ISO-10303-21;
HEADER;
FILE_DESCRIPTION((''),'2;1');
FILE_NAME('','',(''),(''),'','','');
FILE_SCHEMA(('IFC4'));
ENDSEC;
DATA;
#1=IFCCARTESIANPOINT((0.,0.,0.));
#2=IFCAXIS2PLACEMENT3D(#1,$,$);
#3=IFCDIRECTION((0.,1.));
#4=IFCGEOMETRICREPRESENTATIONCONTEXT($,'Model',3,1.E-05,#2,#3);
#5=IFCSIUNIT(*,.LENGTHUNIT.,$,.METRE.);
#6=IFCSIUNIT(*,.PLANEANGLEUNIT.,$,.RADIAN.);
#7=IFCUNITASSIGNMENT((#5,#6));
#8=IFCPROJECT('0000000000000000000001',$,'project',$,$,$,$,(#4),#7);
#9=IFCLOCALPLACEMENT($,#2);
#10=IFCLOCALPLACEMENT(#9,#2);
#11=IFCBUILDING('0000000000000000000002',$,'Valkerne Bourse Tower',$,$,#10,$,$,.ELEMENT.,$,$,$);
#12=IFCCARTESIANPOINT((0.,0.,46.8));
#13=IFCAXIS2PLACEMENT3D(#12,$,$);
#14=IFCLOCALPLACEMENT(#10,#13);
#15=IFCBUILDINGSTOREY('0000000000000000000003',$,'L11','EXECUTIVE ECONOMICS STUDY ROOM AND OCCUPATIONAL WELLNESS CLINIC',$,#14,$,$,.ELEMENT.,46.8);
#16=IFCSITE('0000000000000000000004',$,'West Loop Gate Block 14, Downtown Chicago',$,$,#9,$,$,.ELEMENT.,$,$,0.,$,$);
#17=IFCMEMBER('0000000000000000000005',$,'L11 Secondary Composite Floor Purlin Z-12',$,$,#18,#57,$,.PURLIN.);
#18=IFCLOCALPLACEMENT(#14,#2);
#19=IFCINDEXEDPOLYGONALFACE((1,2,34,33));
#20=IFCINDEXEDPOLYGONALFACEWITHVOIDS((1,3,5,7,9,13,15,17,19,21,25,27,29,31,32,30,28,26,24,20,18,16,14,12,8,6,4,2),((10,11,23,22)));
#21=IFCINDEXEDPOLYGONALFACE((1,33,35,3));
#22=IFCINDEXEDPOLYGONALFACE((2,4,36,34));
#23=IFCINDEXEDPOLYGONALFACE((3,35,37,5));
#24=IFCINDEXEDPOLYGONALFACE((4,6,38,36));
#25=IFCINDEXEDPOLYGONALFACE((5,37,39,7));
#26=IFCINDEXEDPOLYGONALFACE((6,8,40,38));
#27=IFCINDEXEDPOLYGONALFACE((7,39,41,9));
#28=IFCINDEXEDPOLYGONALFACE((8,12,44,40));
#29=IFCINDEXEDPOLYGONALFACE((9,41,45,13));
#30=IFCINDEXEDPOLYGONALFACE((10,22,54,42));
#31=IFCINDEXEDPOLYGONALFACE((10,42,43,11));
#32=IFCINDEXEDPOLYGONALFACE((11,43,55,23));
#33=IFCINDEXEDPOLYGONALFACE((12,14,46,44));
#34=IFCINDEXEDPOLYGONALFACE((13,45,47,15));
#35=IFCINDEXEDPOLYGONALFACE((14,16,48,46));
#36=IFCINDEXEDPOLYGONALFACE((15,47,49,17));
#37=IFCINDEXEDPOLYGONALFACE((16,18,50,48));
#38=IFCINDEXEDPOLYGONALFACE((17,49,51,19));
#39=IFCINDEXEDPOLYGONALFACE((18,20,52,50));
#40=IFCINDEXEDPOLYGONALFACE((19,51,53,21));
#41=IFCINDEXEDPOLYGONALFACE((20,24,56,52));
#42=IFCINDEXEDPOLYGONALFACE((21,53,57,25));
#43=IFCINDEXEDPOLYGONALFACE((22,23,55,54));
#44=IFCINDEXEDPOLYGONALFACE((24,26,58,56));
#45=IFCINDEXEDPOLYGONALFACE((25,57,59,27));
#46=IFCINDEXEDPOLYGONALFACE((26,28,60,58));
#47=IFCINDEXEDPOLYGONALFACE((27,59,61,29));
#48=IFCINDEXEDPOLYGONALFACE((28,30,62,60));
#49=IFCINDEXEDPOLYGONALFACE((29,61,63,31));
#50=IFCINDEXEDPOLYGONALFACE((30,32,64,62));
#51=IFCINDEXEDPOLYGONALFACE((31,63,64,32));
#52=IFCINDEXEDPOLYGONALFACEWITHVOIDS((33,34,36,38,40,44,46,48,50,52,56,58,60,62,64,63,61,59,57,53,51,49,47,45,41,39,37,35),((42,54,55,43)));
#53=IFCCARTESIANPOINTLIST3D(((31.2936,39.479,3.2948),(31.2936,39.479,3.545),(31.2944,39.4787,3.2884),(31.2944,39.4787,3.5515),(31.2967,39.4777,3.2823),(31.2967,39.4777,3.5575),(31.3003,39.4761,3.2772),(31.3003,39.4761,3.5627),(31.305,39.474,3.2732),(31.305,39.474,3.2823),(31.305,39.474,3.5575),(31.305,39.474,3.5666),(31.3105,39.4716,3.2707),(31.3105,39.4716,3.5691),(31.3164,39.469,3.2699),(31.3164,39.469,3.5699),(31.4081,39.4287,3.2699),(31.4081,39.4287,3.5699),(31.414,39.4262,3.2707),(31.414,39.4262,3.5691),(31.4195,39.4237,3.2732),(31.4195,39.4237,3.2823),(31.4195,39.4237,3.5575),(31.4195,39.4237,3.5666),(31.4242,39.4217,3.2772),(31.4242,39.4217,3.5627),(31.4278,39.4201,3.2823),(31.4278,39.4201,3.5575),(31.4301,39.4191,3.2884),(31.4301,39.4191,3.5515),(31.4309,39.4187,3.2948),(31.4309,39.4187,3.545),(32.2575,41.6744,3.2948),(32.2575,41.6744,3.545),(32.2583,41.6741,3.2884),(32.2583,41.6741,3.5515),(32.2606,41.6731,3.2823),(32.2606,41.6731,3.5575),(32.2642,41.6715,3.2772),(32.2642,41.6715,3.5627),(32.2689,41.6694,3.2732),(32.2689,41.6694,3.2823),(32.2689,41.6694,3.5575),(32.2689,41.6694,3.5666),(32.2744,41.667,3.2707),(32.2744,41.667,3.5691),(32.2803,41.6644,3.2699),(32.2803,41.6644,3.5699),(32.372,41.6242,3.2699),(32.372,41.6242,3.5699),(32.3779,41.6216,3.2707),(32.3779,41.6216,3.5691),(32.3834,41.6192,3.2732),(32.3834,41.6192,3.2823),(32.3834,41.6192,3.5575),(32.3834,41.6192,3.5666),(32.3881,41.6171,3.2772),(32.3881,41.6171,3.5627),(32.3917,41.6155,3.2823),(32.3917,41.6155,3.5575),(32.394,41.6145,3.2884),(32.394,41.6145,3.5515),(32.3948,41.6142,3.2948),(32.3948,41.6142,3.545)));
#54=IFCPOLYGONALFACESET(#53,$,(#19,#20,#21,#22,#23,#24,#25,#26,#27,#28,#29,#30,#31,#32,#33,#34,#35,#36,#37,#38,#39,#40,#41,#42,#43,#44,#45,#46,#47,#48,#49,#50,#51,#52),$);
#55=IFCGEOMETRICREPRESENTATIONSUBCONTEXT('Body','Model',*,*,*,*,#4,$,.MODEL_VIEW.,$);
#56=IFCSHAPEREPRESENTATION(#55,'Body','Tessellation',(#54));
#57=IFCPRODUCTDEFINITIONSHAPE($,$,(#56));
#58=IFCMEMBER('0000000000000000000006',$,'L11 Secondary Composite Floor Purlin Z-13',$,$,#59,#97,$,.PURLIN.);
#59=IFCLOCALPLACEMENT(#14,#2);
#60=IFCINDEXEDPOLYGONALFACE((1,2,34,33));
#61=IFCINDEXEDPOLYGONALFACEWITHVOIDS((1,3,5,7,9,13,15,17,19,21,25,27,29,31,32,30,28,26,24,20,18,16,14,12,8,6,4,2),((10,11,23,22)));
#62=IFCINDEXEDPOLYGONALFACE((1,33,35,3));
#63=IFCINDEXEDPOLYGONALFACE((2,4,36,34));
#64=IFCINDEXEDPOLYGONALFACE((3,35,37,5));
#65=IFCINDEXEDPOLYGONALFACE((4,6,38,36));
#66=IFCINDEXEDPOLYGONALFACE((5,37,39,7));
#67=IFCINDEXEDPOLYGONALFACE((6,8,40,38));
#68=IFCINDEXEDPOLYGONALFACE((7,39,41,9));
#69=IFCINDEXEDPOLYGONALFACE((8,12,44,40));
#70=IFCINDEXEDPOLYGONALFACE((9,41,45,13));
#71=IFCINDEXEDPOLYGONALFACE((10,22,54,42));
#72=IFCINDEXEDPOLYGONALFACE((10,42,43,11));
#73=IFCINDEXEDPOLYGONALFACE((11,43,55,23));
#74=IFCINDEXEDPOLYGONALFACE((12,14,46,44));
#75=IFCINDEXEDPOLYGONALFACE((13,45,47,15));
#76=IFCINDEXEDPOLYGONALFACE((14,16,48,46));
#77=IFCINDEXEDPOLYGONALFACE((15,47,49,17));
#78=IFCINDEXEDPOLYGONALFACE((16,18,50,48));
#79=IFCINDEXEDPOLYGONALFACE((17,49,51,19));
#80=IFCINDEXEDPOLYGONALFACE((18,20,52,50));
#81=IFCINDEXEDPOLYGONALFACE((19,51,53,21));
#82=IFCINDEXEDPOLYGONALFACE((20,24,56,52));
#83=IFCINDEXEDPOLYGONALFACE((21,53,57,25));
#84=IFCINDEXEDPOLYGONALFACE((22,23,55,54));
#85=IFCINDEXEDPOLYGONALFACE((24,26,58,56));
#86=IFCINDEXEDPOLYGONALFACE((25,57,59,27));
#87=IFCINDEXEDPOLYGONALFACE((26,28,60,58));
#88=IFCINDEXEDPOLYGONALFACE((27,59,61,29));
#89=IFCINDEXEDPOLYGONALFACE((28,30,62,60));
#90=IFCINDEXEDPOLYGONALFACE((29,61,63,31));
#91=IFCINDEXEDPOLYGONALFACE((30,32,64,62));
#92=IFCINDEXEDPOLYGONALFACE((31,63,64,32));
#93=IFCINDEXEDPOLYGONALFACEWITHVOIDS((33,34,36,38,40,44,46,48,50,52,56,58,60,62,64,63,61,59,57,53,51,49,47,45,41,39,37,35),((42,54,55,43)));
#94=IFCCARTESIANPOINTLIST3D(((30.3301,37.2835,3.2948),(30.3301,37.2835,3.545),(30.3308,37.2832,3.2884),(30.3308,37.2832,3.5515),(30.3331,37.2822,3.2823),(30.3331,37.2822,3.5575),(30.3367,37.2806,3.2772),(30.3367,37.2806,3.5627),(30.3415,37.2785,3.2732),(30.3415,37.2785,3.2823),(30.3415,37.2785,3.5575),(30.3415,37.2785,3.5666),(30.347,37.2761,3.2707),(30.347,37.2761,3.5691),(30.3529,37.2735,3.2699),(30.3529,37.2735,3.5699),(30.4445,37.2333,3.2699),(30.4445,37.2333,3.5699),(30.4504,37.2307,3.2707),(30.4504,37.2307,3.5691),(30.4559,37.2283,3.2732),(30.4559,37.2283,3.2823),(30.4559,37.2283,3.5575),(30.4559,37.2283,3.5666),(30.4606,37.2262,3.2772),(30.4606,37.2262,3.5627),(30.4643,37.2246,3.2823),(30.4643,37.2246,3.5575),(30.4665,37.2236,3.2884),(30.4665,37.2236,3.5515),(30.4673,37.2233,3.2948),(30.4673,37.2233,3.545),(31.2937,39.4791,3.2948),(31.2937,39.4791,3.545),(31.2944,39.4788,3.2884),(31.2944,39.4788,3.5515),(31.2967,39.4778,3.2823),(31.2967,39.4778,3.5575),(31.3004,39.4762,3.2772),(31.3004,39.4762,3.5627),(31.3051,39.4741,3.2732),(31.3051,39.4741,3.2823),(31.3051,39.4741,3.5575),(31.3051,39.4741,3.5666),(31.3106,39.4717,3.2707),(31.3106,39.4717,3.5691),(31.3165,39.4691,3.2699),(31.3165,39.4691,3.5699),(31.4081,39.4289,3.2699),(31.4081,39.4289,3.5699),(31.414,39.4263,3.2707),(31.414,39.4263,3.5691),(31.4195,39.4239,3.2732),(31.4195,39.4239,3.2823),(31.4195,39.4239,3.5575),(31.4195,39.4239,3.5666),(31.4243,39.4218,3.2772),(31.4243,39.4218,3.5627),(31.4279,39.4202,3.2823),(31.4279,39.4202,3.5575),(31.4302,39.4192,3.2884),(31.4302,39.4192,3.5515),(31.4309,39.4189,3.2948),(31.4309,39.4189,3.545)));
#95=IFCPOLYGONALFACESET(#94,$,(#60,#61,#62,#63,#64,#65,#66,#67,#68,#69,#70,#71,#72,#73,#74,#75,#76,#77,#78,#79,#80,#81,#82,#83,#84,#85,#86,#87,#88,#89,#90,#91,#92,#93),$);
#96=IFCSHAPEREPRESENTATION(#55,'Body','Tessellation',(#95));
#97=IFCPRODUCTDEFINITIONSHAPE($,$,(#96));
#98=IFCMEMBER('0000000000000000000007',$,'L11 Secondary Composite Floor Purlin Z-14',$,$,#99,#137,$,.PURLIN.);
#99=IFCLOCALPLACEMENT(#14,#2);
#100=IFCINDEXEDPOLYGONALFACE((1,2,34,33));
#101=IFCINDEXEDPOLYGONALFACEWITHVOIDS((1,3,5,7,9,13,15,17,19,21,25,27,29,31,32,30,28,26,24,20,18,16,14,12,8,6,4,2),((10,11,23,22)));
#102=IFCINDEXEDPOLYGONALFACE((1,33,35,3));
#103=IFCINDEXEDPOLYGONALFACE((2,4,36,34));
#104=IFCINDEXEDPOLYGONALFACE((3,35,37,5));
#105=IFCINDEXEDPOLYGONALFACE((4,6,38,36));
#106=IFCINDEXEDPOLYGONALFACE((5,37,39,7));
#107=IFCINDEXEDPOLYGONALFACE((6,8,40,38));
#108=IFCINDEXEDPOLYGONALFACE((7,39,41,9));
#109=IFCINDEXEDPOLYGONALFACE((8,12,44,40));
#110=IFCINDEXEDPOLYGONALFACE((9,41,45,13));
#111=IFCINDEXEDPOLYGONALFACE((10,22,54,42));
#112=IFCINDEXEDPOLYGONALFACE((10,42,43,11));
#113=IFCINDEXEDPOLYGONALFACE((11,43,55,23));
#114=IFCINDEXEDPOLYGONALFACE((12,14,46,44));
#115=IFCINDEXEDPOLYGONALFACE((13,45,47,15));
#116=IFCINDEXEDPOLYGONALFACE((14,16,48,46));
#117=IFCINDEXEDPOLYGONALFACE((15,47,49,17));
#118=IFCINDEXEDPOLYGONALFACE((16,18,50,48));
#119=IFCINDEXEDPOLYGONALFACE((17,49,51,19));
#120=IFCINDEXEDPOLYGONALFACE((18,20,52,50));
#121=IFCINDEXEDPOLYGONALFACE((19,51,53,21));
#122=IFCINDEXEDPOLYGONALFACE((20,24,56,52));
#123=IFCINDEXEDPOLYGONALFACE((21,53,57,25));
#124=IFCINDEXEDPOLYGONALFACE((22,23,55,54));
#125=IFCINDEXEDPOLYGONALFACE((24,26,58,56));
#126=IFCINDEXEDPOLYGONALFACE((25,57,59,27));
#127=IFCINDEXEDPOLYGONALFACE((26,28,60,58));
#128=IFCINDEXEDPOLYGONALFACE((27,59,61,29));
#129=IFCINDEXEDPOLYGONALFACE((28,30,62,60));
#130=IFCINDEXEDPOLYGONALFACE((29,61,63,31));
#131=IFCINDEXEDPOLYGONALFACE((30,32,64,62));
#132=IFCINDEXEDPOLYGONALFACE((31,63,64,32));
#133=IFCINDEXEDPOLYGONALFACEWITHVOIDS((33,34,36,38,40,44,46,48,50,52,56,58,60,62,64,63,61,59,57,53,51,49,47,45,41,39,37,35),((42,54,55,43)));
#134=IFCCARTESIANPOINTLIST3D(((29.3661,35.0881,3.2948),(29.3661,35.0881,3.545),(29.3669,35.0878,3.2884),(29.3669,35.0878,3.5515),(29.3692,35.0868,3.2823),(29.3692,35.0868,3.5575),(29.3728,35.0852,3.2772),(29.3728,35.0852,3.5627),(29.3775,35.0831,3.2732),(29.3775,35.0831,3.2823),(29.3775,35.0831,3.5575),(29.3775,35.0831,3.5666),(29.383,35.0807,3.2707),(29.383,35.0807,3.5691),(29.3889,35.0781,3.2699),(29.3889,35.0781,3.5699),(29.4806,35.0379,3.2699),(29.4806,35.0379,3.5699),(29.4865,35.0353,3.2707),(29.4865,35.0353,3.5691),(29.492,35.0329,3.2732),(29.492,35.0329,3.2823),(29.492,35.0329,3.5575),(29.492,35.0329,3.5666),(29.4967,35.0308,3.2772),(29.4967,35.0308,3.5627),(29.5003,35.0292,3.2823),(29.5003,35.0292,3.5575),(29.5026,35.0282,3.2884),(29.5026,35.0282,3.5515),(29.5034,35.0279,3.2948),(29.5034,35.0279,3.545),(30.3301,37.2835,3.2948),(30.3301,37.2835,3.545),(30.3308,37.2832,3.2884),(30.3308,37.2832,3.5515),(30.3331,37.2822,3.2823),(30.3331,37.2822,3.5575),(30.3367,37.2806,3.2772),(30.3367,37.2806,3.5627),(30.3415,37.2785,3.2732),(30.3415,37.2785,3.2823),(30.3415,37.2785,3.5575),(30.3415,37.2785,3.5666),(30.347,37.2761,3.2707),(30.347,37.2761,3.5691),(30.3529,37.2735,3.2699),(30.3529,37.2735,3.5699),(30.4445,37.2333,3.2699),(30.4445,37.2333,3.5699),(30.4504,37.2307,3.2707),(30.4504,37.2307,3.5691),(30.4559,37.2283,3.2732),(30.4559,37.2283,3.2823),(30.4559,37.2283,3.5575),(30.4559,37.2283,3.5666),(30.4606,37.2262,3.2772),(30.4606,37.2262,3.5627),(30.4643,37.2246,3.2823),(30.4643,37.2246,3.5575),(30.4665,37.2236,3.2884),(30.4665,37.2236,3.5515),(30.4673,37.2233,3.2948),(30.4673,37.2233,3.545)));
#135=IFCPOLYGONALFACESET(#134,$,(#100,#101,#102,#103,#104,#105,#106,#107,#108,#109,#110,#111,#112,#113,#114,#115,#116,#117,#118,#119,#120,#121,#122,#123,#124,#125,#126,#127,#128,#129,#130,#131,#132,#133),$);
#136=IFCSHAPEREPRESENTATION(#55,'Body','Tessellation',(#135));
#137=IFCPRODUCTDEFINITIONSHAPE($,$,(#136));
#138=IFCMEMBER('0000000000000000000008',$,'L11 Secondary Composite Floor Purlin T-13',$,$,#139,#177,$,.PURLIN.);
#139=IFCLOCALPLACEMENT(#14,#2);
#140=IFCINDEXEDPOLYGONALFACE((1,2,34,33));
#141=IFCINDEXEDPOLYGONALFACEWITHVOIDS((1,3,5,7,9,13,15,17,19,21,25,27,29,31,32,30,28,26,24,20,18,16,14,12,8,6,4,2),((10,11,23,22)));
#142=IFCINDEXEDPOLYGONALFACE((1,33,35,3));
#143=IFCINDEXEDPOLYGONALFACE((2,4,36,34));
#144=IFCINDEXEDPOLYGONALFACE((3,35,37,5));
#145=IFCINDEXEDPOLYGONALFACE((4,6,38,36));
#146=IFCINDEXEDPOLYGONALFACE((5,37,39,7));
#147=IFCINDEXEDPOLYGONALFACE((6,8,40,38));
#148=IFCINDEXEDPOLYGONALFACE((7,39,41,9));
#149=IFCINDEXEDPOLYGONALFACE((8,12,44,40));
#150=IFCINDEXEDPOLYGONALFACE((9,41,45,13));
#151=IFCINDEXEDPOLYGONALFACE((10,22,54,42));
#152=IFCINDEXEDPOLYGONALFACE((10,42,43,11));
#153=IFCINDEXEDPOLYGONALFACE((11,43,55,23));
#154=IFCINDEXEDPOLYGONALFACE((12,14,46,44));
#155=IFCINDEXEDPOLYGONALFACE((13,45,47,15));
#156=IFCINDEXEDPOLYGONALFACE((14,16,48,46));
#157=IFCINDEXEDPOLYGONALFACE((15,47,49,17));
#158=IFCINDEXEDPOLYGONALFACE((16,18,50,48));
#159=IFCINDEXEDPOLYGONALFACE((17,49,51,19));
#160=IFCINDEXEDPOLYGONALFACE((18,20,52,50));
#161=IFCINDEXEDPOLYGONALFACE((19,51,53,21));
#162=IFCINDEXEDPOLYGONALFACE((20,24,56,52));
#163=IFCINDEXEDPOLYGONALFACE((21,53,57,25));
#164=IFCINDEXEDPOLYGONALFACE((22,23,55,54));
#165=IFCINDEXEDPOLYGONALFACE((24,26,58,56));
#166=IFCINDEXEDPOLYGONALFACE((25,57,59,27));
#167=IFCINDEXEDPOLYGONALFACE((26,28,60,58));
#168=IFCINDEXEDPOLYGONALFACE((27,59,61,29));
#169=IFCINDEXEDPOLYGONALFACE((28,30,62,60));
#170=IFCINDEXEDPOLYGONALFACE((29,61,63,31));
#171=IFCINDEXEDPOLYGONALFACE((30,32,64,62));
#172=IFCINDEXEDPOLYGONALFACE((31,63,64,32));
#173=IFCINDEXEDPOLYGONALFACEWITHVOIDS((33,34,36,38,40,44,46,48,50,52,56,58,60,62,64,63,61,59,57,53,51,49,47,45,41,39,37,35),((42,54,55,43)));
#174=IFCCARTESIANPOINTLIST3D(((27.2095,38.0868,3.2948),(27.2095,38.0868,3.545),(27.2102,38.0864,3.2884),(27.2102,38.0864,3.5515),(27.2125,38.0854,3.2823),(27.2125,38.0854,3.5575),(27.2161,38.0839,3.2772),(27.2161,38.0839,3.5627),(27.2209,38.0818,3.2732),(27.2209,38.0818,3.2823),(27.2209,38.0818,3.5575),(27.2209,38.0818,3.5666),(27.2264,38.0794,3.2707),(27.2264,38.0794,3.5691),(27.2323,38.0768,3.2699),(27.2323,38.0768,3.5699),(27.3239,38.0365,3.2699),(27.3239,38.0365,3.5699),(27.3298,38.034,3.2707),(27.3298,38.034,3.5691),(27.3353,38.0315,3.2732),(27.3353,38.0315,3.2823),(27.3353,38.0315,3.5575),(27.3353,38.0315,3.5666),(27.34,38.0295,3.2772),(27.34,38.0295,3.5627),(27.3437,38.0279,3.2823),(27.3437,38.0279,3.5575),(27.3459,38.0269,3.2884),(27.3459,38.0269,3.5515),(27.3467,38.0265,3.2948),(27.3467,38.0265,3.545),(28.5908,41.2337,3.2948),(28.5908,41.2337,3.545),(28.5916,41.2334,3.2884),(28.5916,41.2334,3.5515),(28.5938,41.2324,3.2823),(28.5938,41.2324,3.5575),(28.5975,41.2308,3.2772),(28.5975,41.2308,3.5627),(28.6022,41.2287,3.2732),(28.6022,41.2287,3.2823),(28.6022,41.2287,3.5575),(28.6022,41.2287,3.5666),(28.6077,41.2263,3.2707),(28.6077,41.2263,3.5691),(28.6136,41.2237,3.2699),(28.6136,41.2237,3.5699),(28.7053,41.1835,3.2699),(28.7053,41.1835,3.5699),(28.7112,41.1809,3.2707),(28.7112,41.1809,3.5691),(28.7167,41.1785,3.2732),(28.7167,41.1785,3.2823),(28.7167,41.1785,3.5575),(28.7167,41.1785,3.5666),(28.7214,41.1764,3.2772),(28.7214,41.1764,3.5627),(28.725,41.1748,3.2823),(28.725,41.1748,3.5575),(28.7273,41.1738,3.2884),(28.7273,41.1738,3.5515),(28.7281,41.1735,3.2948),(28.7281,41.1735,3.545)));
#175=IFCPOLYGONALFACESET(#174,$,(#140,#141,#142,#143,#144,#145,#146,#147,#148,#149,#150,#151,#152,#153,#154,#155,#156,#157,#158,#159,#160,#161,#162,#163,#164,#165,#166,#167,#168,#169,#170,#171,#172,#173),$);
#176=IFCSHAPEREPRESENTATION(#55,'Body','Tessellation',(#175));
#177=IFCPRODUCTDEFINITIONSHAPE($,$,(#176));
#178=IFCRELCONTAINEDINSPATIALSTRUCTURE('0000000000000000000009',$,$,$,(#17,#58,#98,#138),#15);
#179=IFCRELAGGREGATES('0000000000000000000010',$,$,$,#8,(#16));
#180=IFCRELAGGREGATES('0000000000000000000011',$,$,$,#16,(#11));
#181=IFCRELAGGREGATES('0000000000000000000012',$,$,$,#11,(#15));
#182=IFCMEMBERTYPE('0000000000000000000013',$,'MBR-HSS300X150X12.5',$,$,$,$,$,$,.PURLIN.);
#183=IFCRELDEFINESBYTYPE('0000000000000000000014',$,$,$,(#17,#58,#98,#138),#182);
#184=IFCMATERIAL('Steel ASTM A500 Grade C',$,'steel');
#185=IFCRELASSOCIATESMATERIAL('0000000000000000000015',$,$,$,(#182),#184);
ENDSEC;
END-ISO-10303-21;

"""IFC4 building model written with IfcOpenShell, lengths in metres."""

from ifc_helpers import new_model, si_unit, direction, frame, origin, origin_2d, place, context, subcontext, project, spatial, hollow_rectangle, extrude, material, material_profile, profile_set, type_object, element, save


model = new_model("IFC4")

# Units and contexts
model_context = context("Model", 3, precision=1e-05, world=origin(), true_north=direction((0.0, 1.0)))
body_context = subcontext(model_context, "Body", "Model", "MODEL_VIEW")
ifc_project = project(units=[si_unit("LENGTHUNIT", "METRE"), si_unit("PLANEANGLEUNIT", "RADIAN")], contexts=[model_context])

# Site, building, storey
site_placement = place(None, origin())
site = spatial("IfcSite", under=ifc_project, at=site_placement, Name="West Loop Gate Block 14, Downtown Chicago", CompositionType="ELEMENT", RefElevation=0.0)
building_placement = place(site_placement, origin())
building = spatial("IfcBuilding", under=site, at=building_placement, Name="Valkerne Bourse Tower", CompositionType="ELEMENT")
storey_placement = place(building_placement, frame((0.0, 0.0, 46.8)))
storey = spatial("IfcBuildingStorey", under=building, at=storey_placement, Name="L11", Description="EXECUTIVE ECONOMICS STUDY ROOM AND OCCUPATIONAL WELLNESS CLINIC", CompositionType="ELEMENT", Elevation=46.8)

# Members
ifc_material_1 = material(Name="Steel ASTM A500 Grade C", Category="steel")
ifc_material_profile_1 = material_profile(ifc_material_1, hollow_rectangle(XDim=0.1499, YDim=0.3, WallThickness=0.0125, OuterFilletRadius=0.0249, at=origin_2d()), Name="HSS300X150X12.5")
ifc_profile_set_1 = profile_set([ifc_material_profile_1], Name="Steel ASTM A500 Grade C")
member_type_1 = type_object("IfcMemberType", Name="MBR-HSS300X150X12.5", PredefinedType="PURLIN", material=ifc_profile_set_1)
for number, where, z_axis, x_axis, name in (
    (1, (32.3262, 41.6443, 3.4199), (-0.402015, -0.915633, 0.0), (0.915633, -0.402015, 0.0), "L11 Secondary Composite Floor Purlin Z-12"),
    (2, (31.3623, 39.449, 3.4199), (-0.401892, -0.915687, 0.0), (0.915687, -0.401892, 0.0), "L11 Secondary Composite Floor Purlin Z-13"),
    (3, (30.3987, 37.2534, 3.4199), (-0.402015, -0.915633, 0.0), (0.915633, -0.402015, 0.0), "L11 Secondary Composite Floor Purlin Z-14"),
):
    element("IfcMember", number, at=place(storey_placement, frame(where, z_axis=z_axis, x_axis=x_axis)), inside=storey, type_object=member_type_1, Name=name, PredefinedType="PURLIN", context=body_context, shape_type="SweptSolid", body=[
        extrude(hollow_rectangle(XDim=0.1499, YDim=0.3, WallThickness=0.0125, OuterFilletRadius=0.0249, at=origin_2d()), origin(), (0.0, 0.0, 1.0), 2.3977),
    ])
member_1_placement = place(storey_placement, frame((28.6594, 41.2036, 3.4199), z_axis=(-0.401929, -0.915671, 0.0), x_axis=(0.915671, -0.401929, 0.0)))
element("IfcMember", 4, at=member_1_placement, inside=storey, type_object=member_type_1, Name="L11 Secondary Composite Floor Purlin T-13", PredefinedType="PURLIN", context=body_context, shape_type="SweptSolid", body=[
    extrude(hollow_rectangle(XDim=0.1499, YDim=0.3, WallThickness=0.0125, OuterFilletRadius=0.0249, at=origin_2d()), origin(), (0.0, 0.0, 1.0), 3.4368),
])

save(model, "model.ifc")
